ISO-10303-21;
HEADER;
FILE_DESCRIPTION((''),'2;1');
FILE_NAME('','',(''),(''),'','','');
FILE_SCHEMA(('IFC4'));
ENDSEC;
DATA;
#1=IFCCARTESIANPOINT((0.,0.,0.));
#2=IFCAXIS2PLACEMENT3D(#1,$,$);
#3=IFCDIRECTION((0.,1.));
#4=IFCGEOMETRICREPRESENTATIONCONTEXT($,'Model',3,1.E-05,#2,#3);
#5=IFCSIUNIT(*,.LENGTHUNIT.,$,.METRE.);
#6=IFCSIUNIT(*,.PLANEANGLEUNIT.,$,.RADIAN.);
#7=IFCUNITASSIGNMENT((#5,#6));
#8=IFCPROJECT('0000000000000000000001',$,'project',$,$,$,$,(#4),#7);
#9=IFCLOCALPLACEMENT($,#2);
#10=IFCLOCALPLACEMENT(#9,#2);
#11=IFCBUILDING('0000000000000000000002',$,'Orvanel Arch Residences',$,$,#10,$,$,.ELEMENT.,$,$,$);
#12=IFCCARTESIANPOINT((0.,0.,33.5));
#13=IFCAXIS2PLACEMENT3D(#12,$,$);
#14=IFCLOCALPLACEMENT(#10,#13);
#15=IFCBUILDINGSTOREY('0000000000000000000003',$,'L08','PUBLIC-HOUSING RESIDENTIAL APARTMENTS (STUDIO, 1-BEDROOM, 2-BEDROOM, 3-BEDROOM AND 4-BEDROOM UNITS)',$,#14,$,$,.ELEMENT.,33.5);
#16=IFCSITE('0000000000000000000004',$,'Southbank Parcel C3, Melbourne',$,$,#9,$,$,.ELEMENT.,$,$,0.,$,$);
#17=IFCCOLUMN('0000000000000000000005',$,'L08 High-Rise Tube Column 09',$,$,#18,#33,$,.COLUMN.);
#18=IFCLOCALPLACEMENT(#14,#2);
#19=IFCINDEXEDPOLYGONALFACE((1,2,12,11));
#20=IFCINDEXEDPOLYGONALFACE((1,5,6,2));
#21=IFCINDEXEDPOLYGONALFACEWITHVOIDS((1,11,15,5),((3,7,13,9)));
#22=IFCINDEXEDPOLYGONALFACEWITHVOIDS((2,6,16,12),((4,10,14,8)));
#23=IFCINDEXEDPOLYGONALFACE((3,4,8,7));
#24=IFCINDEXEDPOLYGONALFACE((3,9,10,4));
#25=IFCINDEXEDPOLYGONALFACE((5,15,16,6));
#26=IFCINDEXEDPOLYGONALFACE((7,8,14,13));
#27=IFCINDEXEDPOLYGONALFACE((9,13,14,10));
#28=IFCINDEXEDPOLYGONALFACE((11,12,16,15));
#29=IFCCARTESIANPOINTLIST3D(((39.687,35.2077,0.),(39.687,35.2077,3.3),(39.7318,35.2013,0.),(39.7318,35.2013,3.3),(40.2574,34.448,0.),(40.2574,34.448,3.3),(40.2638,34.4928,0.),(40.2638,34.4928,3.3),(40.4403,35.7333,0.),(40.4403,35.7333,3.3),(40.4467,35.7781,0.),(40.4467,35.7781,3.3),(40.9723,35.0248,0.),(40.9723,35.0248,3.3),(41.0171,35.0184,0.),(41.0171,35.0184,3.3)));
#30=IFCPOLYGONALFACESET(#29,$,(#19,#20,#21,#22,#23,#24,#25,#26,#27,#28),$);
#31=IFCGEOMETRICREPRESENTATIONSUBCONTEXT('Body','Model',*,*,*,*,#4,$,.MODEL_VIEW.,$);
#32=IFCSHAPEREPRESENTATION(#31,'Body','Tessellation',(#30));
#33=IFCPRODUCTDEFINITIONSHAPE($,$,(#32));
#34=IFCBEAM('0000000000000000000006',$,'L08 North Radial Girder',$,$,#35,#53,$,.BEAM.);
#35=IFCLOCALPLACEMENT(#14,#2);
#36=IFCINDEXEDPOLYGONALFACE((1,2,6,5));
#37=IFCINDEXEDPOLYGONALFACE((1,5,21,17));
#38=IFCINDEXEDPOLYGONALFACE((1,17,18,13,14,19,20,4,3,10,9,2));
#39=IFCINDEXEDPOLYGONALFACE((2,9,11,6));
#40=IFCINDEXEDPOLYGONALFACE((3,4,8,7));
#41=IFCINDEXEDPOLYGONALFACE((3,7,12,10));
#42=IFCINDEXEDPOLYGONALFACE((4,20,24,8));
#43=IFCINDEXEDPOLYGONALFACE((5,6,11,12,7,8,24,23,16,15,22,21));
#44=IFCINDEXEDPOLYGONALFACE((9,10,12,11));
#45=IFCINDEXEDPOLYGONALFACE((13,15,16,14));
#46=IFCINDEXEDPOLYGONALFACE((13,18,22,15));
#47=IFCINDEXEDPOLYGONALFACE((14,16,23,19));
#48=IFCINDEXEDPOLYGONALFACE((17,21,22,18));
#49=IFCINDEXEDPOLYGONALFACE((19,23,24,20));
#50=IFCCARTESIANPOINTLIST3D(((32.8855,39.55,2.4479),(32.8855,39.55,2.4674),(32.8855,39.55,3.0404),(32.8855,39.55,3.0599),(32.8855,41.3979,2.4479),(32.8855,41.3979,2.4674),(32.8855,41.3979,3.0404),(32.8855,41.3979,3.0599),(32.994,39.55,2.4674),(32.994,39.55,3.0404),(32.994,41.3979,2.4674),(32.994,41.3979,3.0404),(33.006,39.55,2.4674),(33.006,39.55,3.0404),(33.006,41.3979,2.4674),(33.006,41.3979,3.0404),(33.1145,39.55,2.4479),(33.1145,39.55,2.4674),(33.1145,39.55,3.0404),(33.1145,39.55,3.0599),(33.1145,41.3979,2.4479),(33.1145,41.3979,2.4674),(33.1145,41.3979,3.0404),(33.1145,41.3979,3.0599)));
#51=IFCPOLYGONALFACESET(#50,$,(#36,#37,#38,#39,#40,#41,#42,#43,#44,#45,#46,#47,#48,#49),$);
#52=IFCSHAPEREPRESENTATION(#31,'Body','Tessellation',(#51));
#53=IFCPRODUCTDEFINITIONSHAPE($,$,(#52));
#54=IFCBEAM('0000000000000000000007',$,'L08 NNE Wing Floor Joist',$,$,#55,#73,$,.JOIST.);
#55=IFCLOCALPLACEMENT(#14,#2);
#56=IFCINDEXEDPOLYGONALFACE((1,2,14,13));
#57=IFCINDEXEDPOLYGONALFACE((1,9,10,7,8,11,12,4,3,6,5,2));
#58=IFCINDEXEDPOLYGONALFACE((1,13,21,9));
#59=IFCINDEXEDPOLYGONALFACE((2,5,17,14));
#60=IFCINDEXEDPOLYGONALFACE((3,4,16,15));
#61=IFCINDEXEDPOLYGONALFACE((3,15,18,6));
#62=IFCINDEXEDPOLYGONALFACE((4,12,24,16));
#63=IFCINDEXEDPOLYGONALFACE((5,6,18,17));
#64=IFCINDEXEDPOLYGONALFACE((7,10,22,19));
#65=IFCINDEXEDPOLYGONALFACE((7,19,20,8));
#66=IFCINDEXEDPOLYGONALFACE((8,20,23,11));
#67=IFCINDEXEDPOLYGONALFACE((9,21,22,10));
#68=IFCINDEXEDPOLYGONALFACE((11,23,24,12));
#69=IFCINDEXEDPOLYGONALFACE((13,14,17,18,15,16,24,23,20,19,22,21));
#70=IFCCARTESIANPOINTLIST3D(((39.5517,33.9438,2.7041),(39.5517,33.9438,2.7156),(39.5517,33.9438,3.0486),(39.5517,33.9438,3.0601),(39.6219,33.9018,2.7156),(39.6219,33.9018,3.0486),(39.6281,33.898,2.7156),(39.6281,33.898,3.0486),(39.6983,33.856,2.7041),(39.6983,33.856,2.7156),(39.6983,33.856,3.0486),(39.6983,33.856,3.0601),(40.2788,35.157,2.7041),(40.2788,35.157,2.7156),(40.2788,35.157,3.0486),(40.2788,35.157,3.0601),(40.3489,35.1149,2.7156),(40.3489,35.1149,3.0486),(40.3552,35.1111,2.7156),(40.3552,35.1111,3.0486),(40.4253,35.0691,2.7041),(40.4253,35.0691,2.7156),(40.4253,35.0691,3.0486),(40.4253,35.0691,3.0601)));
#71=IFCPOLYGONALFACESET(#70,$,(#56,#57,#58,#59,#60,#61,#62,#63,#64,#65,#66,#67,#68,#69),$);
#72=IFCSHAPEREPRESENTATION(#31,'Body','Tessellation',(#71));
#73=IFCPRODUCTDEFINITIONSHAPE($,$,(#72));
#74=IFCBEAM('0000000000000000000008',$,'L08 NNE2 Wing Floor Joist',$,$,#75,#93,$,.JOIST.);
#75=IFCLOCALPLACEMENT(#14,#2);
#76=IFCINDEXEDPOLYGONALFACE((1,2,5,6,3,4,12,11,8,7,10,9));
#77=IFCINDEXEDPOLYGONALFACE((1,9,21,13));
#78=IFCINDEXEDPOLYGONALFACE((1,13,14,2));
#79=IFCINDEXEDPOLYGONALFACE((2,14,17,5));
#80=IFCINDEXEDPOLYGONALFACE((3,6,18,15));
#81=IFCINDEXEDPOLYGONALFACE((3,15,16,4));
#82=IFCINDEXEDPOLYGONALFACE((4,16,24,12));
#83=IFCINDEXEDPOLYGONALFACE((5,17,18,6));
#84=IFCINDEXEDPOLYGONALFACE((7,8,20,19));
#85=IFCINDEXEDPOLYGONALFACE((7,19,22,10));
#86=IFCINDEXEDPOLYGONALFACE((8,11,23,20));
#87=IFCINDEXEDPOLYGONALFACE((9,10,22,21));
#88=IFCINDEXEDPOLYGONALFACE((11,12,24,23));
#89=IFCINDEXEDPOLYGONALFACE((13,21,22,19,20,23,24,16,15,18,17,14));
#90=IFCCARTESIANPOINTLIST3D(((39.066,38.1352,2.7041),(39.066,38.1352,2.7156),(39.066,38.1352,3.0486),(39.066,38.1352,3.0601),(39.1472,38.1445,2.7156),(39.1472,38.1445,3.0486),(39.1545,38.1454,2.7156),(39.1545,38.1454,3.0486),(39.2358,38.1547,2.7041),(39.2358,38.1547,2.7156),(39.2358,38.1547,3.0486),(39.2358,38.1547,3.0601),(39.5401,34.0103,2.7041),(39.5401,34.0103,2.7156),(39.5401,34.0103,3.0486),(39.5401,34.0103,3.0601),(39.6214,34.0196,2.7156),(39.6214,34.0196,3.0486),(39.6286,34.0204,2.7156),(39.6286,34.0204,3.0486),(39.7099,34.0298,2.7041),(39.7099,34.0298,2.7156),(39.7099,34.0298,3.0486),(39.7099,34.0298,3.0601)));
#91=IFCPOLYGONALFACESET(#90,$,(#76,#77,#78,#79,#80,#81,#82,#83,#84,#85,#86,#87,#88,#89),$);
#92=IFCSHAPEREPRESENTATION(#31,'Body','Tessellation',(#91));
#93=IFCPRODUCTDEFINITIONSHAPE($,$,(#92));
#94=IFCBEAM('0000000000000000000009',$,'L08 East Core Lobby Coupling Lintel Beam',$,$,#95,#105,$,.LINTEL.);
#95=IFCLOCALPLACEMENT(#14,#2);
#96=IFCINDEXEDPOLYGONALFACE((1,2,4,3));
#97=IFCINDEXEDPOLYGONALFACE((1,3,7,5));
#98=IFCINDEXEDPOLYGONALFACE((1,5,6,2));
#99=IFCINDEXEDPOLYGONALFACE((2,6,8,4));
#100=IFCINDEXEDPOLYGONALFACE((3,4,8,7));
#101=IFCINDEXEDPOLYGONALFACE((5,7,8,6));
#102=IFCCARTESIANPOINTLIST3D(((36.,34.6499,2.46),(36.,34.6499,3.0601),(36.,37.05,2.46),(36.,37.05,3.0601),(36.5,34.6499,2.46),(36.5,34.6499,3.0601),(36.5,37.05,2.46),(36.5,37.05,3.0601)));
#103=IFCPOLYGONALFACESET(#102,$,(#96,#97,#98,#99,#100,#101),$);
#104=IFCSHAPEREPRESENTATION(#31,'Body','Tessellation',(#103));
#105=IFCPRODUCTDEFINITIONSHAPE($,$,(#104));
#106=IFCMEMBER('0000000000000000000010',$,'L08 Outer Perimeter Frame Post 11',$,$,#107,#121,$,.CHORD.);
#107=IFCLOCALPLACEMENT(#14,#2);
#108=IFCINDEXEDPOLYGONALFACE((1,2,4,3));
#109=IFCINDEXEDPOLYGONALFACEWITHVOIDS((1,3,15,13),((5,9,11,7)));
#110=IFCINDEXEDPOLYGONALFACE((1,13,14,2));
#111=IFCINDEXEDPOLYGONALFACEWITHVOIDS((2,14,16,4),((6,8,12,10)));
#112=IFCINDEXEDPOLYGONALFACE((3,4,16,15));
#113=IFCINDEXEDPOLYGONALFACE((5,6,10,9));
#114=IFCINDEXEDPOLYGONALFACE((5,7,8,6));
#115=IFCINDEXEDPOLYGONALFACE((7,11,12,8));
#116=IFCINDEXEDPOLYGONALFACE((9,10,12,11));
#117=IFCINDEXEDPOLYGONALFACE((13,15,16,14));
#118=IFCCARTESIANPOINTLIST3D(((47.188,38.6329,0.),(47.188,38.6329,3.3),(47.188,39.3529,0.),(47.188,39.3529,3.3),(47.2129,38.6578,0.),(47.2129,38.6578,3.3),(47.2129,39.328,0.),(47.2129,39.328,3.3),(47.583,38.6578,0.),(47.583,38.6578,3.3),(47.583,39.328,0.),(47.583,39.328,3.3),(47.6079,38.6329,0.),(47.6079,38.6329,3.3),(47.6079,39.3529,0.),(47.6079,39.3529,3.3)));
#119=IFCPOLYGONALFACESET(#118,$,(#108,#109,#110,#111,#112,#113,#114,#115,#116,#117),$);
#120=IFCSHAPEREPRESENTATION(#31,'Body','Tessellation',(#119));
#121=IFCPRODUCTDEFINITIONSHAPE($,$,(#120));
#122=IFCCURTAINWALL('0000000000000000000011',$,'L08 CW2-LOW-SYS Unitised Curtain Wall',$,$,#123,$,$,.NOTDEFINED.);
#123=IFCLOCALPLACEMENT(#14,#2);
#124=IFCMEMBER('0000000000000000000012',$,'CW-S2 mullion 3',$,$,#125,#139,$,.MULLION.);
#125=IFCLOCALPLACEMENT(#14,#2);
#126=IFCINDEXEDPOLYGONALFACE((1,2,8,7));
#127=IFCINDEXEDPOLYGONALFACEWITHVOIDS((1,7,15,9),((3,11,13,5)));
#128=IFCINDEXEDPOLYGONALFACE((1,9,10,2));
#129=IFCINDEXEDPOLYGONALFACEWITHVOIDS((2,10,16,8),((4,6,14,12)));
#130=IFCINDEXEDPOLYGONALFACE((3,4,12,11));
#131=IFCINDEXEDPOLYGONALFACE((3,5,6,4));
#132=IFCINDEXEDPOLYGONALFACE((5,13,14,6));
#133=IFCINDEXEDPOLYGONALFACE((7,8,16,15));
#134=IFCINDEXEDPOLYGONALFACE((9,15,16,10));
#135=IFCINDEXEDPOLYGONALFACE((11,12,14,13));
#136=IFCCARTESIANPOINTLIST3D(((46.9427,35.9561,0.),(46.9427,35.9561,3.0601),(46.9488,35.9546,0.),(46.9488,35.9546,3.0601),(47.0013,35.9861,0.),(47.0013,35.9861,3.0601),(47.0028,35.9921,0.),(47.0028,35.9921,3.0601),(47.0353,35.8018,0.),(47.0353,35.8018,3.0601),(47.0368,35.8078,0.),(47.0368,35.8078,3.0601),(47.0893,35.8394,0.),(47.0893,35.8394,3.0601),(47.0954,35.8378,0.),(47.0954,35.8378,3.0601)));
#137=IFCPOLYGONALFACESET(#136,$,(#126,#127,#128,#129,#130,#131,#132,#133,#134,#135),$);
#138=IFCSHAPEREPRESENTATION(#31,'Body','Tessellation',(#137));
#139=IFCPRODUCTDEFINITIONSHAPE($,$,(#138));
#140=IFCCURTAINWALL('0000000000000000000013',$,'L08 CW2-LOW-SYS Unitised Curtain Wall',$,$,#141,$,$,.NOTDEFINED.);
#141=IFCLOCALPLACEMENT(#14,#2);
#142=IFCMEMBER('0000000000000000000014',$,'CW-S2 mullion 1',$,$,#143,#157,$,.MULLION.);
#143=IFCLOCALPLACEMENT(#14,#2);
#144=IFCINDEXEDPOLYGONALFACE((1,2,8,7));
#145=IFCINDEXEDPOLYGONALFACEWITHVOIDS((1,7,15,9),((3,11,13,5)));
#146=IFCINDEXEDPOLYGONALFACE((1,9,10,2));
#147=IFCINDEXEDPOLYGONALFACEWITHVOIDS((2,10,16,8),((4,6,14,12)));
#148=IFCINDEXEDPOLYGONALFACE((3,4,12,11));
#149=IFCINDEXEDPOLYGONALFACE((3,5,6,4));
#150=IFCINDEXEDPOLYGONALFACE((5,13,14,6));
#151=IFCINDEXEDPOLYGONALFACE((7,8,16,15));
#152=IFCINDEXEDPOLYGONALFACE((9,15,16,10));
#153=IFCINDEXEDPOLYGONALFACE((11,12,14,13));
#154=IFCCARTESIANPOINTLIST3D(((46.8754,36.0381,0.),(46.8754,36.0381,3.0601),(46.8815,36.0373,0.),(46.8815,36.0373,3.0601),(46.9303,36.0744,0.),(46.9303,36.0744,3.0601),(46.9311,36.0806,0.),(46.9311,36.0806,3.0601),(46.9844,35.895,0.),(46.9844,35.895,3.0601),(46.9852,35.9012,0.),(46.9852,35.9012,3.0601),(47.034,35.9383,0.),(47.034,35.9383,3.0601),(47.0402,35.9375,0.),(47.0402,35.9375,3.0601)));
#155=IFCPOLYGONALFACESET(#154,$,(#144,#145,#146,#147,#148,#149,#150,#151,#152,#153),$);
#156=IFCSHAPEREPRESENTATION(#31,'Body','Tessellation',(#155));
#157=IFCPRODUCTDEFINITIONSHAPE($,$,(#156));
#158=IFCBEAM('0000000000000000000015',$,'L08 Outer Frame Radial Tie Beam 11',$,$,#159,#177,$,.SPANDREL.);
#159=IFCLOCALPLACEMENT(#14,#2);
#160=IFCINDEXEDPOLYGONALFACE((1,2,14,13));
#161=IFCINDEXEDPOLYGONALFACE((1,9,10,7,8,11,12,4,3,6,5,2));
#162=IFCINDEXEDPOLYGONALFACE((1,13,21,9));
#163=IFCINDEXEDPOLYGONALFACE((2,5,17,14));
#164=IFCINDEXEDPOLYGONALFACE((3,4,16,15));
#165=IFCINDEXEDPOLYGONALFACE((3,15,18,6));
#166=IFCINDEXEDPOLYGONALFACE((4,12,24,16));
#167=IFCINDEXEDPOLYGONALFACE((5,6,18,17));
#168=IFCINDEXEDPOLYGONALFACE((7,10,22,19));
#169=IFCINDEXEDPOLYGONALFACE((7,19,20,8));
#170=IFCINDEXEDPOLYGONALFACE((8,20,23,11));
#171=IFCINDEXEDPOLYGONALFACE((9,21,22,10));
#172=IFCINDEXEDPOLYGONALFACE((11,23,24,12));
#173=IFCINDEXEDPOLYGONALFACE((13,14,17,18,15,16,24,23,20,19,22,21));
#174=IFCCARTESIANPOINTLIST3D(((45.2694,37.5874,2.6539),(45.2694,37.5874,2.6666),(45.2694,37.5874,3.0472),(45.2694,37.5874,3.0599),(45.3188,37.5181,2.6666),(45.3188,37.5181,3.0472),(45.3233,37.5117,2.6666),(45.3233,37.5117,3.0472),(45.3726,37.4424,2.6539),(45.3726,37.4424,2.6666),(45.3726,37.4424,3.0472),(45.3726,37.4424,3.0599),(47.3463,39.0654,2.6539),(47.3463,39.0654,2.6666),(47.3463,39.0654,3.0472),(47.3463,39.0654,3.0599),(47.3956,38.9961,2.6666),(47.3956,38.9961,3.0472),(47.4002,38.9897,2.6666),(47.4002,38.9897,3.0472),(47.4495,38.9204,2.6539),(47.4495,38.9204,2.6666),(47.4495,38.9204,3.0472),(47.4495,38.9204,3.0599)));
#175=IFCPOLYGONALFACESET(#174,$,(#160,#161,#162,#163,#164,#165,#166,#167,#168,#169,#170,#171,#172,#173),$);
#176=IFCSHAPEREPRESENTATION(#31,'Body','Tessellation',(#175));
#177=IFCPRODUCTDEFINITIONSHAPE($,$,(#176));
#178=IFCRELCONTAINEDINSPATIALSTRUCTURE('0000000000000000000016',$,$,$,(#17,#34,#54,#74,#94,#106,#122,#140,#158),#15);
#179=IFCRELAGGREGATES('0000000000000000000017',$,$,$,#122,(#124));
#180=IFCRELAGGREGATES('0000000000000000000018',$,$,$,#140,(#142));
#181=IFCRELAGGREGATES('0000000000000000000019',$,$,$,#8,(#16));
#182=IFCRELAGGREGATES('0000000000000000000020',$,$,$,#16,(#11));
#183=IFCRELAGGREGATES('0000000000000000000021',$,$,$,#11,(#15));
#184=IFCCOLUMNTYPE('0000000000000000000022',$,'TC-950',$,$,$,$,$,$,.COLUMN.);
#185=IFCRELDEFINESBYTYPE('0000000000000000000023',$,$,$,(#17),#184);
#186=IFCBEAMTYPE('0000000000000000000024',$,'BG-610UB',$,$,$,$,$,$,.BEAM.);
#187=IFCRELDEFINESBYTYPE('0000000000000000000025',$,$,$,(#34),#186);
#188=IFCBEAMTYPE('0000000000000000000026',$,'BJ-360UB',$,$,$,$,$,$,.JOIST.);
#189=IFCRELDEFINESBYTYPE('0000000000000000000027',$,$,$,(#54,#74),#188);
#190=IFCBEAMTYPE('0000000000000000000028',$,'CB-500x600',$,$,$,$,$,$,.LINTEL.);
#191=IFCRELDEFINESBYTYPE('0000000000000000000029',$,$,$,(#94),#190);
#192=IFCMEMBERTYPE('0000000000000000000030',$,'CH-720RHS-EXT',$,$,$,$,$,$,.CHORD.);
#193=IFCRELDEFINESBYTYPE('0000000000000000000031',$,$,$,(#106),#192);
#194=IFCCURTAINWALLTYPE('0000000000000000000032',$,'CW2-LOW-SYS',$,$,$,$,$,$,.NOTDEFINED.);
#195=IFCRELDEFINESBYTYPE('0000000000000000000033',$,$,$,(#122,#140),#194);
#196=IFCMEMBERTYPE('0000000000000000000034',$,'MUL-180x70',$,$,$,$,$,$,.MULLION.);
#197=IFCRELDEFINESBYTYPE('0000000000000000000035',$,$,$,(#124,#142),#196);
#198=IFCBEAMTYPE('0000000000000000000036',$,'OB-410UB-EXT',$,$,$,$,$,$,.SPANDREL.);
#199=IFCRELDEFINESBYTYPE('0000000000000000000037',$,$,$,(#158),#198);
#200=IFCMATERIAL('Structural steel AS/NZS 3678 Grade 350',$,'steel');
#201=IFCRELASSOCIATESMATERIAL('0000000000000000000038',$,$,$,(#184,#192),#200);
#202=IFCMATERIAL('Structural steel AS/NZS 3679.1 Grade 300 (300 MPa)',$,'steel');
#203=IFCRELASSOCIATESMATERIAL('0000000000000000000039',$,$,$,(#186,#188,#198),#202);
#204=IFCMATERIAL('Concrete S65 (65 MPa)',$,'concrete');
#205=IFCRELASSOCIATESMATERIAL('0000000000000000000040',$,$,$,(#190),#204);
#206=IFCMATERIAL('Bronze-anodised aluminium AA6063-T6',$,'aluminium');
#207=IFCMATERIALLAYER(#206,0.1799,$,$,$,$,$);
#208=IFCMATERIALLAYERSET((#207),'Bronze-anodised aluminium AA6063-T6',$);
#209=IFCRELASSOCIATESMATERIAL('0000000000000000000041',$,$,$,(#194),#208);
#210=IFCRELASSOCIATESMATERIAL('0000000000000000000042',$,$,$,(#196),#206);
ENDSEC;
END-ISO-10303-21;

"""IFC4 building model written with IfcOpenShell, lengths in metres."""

from ifc_helpers import new_model, si_unit, direction, frame, origin, origin_2d, place, context, subcontext, project, spatial, rectangle, hollow_rectangle, i_section, extrude, material, layer, layer_set, material_profile, profile_set, type_object, element, aggregate, save


model = new_model("IFC4")

# Units and contexts
model_context = context("Model", 3, precision=1e-05, world=origin(), true_north=direction((0.0, 1.0)))
body_context = subcontext(model_context, "Body", "Model", "MODEL_VIEW")
ifc_project = project(units=[si_unit("LENGTHUNIT", "METRE"), si_unit("PLANEANGLEUNIT", "RADIAN")], contexts=[model_context])

# Site, building, storey
site_placement = place(None, origin())
site = spatial("IfcSite", under=ifc_project, at=site_placement, Name="Southbank Parcel C3, Melbourne", CompositionType="ELEMENT", RefElevation=0.0)
building_placement = place(site_placement, origin())
building = spatial("IfcBuilding", under=site, at=building_placement, Name="Orvanel Arch Residences", CompositionType="ELEMENT")
storey_placement = place(building_placement, frame((0.0, 0.0, 33.5)))
storey = spatial("IfcBuildingStorey", under=building, at=storey_placement, Name="L08", Description="PUBLIC-HOUSING RESIDENTIAL APARTMENTS (STUDIO, 1-BEDROOM, 2-BEDROOM, 3-BEDROOM AND 4-BEDROOM UNITS)", CompositionType="ELEMENT", Elevation=33.5)

# Column
ifc_material_1 = material(Name="Structural steel AS/NZS 3678 Grade 350", Category="steel")
ifc_material_profile_1 = material_profile(ifc_material_1, hollow_rectangle(XDim=0.95, YDim=0.95, WallThickness=0.032, at=origin_2d()), Name="BOX950x950x32")
ifc_profile_set_1 = profile_set([ifc_material_profile_1], Name="Structural steel AS/NZS 3678 Grade 350")
column_type = type_object("IfcColumnType", Name="TC-950", PredefinedType="COLUMN", material=ifc_profile_set_1)
column_placement = place(storey_placement, frame((40.3521, 35.113, 0.0), z_axis=(0.0, 0.0, 1.0), x_axis=(-0.60042, 0.799685, 0.0)))
element("IfcColumn", 1, at=column_placement, inside=storey, type_object=column_type, Name="L08 High-Rise Tube Column 09", PredefinedType="COLUMN", context=body_context, shape_type="SweptSolid", body=[
    extrude(hollow_rectangle(XDim=0.95, YDim=0.95, WallThickness=0.032, at=origin_2d()), origin(), (0.0, 0.0, 1.0), 3.3),
])

# Beams
ifc_material_2 = material(Name="Structural steel AS/NZS 3679.1 Grade 300 (300 MPa)", Category="steel")
ifc_material_profile_2 = material_profile(ifc_material_2, i_section(OverallWidth=0.229, OverallDepth=0.6121, WebThickness=0.012, FlangeThickness=0.0195, at=origin_2d()), Name="610UB125")
ifc_profile_set_2 = profile_set([ifc_material_profile_2], Name="Structural steel AS/NZS 3679.1 Grade 300 (300 MPa)")
beam_type_1 = type_object("IfcBeamType", Name="BG-610UB", PredefinedType="BEAM", material=ifc_profile_set_2)
beam_1_placement = place(storey_placement, frame((33.0, 39.55, 2.7539), z_axis=(0.0, 1.0, 0.0), x_axis=(-1.0, 0.0, 0.0)))
element("IfcBeam", 2, at=beam_1_placement, inside=storey, type_object=beam_type_1, Name="L08 North Radial Girder", PredefinedType="BEAM", context=body_context, shape_type="SweptSolid", body=[
    extrude(i_section(OverallWidth=0.229, OverallDepth=0.6121, WebThickness=0.012, FlangeThickness=0.0195, at=origin_2d()), origin(), (0.0, 0.0, 1.0), 1.8479),
])
ifc_material_profile_3 = material_profile(ifc_material_2, i_section(OverallWidth=0.1709, OverallDepth=0.356, WebThickness=0.0073, FlangeThickness=0.0115, at=origin_2d()), Name="360UB50.7")
ifc_profile_set_3 = profile_set([ifc_material_profile_3], Name="Structural steel AS/NZS 3679.1 Grade 300 (300 MPa)")
beam_type_2 = type_object("IfcBeamType", Name="BJ-360UB", PredefinedType="JOIST", material=ifc_profile_set_3)
beam_2_placement = place(storey_placement, frame((39.625, 33.8999, 2.8821), z_axis=(0.514064, 0.857752, 0.0), x_axis=(-0.857752, 0.514064, 0.0)))
element("IfcBeam", 3, at=beam_2_placement, inside=storey, type_object=beam_type_2, Name="L08 NNE Wing Floor Joist", PredefinedType="JOIST", context=body_context, shape_type="SweptSolid", body=[
    extrude(i_section(OverallWidth=0.1709, OverallDepth=0.356, WebThickness=0.0073, FlangeThickness=0.0115, at=origin_2d()), origin(), (0.0, 0.0, 1.0), 1.4143),
])
beam_3_placement = place(storey_placement, frame((39.625, 34.02, 2.8821), z_axis=(-0.114187, 0.993459, 0.0), x_axis=(-0.993459, -0.114187, 0.0)))
element("IfcBeam", 4, at=beam_3_placement, inside=storey, type_object=beam_type_2, Name="L08 NNE2 Wing Floor Joist", PredefinedType="JOIST", context=body_context, shape_type="SweptSolid", body=[
    extrude(i_section(OverallWidth=0.1709, OverallDepth=0.356, WebThickness=0.0073, FlangeThickness=0.0115, at=origin_2d()), origin(), (0.0, 0.0, 1.0), 4.1521),
])
ifc_material_3 = material(Name="Concrete S65 (65 MPa)", Category="concrete")
ifc_material_profile_4 = material_profile(ifc_material_3, rectangle(XDim=0.5, YDim=0.6001, at=origin_2d()), Name="RC500x600")
ifc_profile_set_4 = profile_set([ifc_material_profile_4], Name="Concrete S65 (65 MPa)")
beam_type_3 = type_object("IfcBeamType", Name="CB-500x600", PredefinedType="LINTEL", material=ifc_profile_set_4)
beam_4_placement = place(storey_placement, frame((36.25, 34.6499, 2.76), z_axis=(0.0, 1.0, 0.0), x_axis=(-1.0, 0.0, 0.0)))
element("IfcBeam", 5, at=beam_4_placement, inside=storey, type_object=beam_type_3, Name="L08 East Core Lobby Coupling Lintel Beam", PredefinedType="LINTEL", context=body_context, shape_type="SweptSolid", body=[
    extrude(rectangle(XDim=0.5, YDim=0.6001, at=origin_2d()), origin(), (0.0, 0.0, 1.0), 2.4001),
])

# Member
ifc_material_profile_5 = material_profile(ifc_material_1, hollow_rectangle(XDim=0.4199, YDim=0.72, WallThickness=0.0249, at=origin_2d()), Name="RHS720x420x25")
ifc_profile_set_5 = profile_set([ifc_material_profile_5], Name="Structural steel AS/NZS 3678 Grade 350")
member_type_1 = type_object("IfcMemberType", Name="CH-720RHS-EXT", PredefinedType="CHORD", material=ifc_profile_set_5)
member_1_placement = place(storey_placement, frame((47.3979, 38.9929, 0.0), z_axis=(0.0, 0.0, 1.0), x_axis=(1.0, 0.0, 0.0)))
element("IfcMember", 6, at=member_1_placement, inside=storey, type_object=member_type_1, Name="L08 Outer Perimeter Frame Post 11", PredefinedType="CHORD", context=body_context, shape_type="SweptSolid", body=[
    extrude(hollow_rectangle(XDim=0.4199, YDim=0.72, WallThickness=0.0249, at=origin_2d()), origin(), (0.0, 0.0, 1.0), 3.3),
])

# Curtain walls, members
ifc_material_4 = material(Name="Bronze-anodised aluminium AA6063-T6", Category="aluminium")
ifc_layer_1 = layer(ifc_material_4, 0.1799)
ifc_layer_set_1 = layer_set([ifc_layer_1], Name="Bronze-anodised aluminium AA6063-T6")
curtain_wall_type = type_object("IfcCurtainWallType", Name="CW2-LOW-SYS", PredefinedType="NOTDEFINED", material=ifc_layer_set_1)
curtain_wall_1_placement = place(storey_placement, origin())
curtain_wall_1 = element("IfcCurtainWall", 7, at=curtain_wall_1_placement, inside=storey, type_object=curtain_wall_type, Name="L08 CW2-LOW-SYS Unitised Curtain Wall", PredefinedType="NOTDEFINED")
ifc_material_profile_6 = material_profile(ifc_material_4, hollow_rectangle(XDim=0.0701, YDim=0.1799, WallThickness=0.0044, at=origin_2d()), Name="ALU180x70x4.5")
ifc_profile_set_6 = profile_set([ifc_material_profile_6], Name="Bronze-anodised aluminium AA6063-T6")
member_type_2 = type_object("IfcMemberType", Name="MUL-180x70", PredefinedType="MULLION", material=ifc_profile_set_6)
member_2_placement = place(storey_placement, frame((47.019, 35.897, 0.0), z_axis=(0.0, 0.0, 1.0), x_axis=(-0.857555, -0.514393, 0.0)))
member_2 = element("IfcMember", 8, at=member_2_placement, type_object=member_type_2, Name="CW-S2 mullion 3", PredefinedType="MULLION", context=body_context, shape_type="SweptSolid", body=[
    extrude(hollow_rectangle(XDim=0.0701, YDim=0.1799, WallThickness=0.0044, at=origin_2d()), origin(), (0.0, 0.0, 1.0), 3.0601),
])
aggregate(curtain_wall_1, [member_2])
curtain_wall_2_placement = place(storey_placement, origin())
curtain_wall_2 = element("IfcCurtainWall", 9, at=curtain_wall_2_placement, inside=storey, type_object=curtain_wall_type, Name="L08 CW2-LOW-SYS Unitised Curtain Wall", PredefinedType="NOTDEFINED")
member_3_placement = place(storey_placement, frame((46.9578, 35.9878, 0.0), z_axis=(0.0, 0.0, 1.0), x_axis=(-0.795452, -0.606017, 0.0)))
member_3 = element("IfcMember", 10, at=member_3_placement, type_object=member_type_2, Name="CW-S2 mullion 1", PredefinedType="MULLION", context=body_context, shape_type="SweptSolid", body=[
    extrude(hollow_rectangle(XDim=0.0701, YDim=0.1799, WallThickness=0.0044, at=origin_2d()), origin(), (0.0, 0.0, 1.0), 3.0601),
])

# Beam
ifc_material_profile_7 = material_profile(ifc_material_2, i_section(OverallWidth=0.178, OverallDepth=0.406, WebThickness=0.0078, FlangeThickness=0.0127, at=origin_2d()), Name="410UB59.7")
ifc_profile_set_7 = profile_set([ifc_material_profile_7], Name="Structural steel AS/NZS 3679.1 Grade 300 (300 MPa)")
beam_type_4 = type_object("IfcBeamType", Name="OB-410UB-EXT", PredefinedType="SPANDREL", material=ifc_profile_set_7)
beam_5_placement = place(storey_placement, frame((45.321, 37.5149, 2.8569), z_axis=(0.814748, 0.579815, 0.0), x_axis=(-0.579815, 0.814748, 0.0)))
element("IfcBeam", 11, at=beam_5_placement, inside=storey, type_object=beam_type_4, Name="L08 Outer Frame Radial Tie Beam 11", PredefinedType="SPANDREL", context=body_context, shape_type="SweptSolid", body=[
    extrude(i_section(OverallWidth=0.178, OverallDepth=0.406, WebThickness=0.0078, FlangeThickness=0.0127, at=origin_2d()), origin(), (0.0, 0.0, 1.0), 2.5491),
])

aggregate(curtain_wall_2, [member_3])

save(model, "model.ifc")
